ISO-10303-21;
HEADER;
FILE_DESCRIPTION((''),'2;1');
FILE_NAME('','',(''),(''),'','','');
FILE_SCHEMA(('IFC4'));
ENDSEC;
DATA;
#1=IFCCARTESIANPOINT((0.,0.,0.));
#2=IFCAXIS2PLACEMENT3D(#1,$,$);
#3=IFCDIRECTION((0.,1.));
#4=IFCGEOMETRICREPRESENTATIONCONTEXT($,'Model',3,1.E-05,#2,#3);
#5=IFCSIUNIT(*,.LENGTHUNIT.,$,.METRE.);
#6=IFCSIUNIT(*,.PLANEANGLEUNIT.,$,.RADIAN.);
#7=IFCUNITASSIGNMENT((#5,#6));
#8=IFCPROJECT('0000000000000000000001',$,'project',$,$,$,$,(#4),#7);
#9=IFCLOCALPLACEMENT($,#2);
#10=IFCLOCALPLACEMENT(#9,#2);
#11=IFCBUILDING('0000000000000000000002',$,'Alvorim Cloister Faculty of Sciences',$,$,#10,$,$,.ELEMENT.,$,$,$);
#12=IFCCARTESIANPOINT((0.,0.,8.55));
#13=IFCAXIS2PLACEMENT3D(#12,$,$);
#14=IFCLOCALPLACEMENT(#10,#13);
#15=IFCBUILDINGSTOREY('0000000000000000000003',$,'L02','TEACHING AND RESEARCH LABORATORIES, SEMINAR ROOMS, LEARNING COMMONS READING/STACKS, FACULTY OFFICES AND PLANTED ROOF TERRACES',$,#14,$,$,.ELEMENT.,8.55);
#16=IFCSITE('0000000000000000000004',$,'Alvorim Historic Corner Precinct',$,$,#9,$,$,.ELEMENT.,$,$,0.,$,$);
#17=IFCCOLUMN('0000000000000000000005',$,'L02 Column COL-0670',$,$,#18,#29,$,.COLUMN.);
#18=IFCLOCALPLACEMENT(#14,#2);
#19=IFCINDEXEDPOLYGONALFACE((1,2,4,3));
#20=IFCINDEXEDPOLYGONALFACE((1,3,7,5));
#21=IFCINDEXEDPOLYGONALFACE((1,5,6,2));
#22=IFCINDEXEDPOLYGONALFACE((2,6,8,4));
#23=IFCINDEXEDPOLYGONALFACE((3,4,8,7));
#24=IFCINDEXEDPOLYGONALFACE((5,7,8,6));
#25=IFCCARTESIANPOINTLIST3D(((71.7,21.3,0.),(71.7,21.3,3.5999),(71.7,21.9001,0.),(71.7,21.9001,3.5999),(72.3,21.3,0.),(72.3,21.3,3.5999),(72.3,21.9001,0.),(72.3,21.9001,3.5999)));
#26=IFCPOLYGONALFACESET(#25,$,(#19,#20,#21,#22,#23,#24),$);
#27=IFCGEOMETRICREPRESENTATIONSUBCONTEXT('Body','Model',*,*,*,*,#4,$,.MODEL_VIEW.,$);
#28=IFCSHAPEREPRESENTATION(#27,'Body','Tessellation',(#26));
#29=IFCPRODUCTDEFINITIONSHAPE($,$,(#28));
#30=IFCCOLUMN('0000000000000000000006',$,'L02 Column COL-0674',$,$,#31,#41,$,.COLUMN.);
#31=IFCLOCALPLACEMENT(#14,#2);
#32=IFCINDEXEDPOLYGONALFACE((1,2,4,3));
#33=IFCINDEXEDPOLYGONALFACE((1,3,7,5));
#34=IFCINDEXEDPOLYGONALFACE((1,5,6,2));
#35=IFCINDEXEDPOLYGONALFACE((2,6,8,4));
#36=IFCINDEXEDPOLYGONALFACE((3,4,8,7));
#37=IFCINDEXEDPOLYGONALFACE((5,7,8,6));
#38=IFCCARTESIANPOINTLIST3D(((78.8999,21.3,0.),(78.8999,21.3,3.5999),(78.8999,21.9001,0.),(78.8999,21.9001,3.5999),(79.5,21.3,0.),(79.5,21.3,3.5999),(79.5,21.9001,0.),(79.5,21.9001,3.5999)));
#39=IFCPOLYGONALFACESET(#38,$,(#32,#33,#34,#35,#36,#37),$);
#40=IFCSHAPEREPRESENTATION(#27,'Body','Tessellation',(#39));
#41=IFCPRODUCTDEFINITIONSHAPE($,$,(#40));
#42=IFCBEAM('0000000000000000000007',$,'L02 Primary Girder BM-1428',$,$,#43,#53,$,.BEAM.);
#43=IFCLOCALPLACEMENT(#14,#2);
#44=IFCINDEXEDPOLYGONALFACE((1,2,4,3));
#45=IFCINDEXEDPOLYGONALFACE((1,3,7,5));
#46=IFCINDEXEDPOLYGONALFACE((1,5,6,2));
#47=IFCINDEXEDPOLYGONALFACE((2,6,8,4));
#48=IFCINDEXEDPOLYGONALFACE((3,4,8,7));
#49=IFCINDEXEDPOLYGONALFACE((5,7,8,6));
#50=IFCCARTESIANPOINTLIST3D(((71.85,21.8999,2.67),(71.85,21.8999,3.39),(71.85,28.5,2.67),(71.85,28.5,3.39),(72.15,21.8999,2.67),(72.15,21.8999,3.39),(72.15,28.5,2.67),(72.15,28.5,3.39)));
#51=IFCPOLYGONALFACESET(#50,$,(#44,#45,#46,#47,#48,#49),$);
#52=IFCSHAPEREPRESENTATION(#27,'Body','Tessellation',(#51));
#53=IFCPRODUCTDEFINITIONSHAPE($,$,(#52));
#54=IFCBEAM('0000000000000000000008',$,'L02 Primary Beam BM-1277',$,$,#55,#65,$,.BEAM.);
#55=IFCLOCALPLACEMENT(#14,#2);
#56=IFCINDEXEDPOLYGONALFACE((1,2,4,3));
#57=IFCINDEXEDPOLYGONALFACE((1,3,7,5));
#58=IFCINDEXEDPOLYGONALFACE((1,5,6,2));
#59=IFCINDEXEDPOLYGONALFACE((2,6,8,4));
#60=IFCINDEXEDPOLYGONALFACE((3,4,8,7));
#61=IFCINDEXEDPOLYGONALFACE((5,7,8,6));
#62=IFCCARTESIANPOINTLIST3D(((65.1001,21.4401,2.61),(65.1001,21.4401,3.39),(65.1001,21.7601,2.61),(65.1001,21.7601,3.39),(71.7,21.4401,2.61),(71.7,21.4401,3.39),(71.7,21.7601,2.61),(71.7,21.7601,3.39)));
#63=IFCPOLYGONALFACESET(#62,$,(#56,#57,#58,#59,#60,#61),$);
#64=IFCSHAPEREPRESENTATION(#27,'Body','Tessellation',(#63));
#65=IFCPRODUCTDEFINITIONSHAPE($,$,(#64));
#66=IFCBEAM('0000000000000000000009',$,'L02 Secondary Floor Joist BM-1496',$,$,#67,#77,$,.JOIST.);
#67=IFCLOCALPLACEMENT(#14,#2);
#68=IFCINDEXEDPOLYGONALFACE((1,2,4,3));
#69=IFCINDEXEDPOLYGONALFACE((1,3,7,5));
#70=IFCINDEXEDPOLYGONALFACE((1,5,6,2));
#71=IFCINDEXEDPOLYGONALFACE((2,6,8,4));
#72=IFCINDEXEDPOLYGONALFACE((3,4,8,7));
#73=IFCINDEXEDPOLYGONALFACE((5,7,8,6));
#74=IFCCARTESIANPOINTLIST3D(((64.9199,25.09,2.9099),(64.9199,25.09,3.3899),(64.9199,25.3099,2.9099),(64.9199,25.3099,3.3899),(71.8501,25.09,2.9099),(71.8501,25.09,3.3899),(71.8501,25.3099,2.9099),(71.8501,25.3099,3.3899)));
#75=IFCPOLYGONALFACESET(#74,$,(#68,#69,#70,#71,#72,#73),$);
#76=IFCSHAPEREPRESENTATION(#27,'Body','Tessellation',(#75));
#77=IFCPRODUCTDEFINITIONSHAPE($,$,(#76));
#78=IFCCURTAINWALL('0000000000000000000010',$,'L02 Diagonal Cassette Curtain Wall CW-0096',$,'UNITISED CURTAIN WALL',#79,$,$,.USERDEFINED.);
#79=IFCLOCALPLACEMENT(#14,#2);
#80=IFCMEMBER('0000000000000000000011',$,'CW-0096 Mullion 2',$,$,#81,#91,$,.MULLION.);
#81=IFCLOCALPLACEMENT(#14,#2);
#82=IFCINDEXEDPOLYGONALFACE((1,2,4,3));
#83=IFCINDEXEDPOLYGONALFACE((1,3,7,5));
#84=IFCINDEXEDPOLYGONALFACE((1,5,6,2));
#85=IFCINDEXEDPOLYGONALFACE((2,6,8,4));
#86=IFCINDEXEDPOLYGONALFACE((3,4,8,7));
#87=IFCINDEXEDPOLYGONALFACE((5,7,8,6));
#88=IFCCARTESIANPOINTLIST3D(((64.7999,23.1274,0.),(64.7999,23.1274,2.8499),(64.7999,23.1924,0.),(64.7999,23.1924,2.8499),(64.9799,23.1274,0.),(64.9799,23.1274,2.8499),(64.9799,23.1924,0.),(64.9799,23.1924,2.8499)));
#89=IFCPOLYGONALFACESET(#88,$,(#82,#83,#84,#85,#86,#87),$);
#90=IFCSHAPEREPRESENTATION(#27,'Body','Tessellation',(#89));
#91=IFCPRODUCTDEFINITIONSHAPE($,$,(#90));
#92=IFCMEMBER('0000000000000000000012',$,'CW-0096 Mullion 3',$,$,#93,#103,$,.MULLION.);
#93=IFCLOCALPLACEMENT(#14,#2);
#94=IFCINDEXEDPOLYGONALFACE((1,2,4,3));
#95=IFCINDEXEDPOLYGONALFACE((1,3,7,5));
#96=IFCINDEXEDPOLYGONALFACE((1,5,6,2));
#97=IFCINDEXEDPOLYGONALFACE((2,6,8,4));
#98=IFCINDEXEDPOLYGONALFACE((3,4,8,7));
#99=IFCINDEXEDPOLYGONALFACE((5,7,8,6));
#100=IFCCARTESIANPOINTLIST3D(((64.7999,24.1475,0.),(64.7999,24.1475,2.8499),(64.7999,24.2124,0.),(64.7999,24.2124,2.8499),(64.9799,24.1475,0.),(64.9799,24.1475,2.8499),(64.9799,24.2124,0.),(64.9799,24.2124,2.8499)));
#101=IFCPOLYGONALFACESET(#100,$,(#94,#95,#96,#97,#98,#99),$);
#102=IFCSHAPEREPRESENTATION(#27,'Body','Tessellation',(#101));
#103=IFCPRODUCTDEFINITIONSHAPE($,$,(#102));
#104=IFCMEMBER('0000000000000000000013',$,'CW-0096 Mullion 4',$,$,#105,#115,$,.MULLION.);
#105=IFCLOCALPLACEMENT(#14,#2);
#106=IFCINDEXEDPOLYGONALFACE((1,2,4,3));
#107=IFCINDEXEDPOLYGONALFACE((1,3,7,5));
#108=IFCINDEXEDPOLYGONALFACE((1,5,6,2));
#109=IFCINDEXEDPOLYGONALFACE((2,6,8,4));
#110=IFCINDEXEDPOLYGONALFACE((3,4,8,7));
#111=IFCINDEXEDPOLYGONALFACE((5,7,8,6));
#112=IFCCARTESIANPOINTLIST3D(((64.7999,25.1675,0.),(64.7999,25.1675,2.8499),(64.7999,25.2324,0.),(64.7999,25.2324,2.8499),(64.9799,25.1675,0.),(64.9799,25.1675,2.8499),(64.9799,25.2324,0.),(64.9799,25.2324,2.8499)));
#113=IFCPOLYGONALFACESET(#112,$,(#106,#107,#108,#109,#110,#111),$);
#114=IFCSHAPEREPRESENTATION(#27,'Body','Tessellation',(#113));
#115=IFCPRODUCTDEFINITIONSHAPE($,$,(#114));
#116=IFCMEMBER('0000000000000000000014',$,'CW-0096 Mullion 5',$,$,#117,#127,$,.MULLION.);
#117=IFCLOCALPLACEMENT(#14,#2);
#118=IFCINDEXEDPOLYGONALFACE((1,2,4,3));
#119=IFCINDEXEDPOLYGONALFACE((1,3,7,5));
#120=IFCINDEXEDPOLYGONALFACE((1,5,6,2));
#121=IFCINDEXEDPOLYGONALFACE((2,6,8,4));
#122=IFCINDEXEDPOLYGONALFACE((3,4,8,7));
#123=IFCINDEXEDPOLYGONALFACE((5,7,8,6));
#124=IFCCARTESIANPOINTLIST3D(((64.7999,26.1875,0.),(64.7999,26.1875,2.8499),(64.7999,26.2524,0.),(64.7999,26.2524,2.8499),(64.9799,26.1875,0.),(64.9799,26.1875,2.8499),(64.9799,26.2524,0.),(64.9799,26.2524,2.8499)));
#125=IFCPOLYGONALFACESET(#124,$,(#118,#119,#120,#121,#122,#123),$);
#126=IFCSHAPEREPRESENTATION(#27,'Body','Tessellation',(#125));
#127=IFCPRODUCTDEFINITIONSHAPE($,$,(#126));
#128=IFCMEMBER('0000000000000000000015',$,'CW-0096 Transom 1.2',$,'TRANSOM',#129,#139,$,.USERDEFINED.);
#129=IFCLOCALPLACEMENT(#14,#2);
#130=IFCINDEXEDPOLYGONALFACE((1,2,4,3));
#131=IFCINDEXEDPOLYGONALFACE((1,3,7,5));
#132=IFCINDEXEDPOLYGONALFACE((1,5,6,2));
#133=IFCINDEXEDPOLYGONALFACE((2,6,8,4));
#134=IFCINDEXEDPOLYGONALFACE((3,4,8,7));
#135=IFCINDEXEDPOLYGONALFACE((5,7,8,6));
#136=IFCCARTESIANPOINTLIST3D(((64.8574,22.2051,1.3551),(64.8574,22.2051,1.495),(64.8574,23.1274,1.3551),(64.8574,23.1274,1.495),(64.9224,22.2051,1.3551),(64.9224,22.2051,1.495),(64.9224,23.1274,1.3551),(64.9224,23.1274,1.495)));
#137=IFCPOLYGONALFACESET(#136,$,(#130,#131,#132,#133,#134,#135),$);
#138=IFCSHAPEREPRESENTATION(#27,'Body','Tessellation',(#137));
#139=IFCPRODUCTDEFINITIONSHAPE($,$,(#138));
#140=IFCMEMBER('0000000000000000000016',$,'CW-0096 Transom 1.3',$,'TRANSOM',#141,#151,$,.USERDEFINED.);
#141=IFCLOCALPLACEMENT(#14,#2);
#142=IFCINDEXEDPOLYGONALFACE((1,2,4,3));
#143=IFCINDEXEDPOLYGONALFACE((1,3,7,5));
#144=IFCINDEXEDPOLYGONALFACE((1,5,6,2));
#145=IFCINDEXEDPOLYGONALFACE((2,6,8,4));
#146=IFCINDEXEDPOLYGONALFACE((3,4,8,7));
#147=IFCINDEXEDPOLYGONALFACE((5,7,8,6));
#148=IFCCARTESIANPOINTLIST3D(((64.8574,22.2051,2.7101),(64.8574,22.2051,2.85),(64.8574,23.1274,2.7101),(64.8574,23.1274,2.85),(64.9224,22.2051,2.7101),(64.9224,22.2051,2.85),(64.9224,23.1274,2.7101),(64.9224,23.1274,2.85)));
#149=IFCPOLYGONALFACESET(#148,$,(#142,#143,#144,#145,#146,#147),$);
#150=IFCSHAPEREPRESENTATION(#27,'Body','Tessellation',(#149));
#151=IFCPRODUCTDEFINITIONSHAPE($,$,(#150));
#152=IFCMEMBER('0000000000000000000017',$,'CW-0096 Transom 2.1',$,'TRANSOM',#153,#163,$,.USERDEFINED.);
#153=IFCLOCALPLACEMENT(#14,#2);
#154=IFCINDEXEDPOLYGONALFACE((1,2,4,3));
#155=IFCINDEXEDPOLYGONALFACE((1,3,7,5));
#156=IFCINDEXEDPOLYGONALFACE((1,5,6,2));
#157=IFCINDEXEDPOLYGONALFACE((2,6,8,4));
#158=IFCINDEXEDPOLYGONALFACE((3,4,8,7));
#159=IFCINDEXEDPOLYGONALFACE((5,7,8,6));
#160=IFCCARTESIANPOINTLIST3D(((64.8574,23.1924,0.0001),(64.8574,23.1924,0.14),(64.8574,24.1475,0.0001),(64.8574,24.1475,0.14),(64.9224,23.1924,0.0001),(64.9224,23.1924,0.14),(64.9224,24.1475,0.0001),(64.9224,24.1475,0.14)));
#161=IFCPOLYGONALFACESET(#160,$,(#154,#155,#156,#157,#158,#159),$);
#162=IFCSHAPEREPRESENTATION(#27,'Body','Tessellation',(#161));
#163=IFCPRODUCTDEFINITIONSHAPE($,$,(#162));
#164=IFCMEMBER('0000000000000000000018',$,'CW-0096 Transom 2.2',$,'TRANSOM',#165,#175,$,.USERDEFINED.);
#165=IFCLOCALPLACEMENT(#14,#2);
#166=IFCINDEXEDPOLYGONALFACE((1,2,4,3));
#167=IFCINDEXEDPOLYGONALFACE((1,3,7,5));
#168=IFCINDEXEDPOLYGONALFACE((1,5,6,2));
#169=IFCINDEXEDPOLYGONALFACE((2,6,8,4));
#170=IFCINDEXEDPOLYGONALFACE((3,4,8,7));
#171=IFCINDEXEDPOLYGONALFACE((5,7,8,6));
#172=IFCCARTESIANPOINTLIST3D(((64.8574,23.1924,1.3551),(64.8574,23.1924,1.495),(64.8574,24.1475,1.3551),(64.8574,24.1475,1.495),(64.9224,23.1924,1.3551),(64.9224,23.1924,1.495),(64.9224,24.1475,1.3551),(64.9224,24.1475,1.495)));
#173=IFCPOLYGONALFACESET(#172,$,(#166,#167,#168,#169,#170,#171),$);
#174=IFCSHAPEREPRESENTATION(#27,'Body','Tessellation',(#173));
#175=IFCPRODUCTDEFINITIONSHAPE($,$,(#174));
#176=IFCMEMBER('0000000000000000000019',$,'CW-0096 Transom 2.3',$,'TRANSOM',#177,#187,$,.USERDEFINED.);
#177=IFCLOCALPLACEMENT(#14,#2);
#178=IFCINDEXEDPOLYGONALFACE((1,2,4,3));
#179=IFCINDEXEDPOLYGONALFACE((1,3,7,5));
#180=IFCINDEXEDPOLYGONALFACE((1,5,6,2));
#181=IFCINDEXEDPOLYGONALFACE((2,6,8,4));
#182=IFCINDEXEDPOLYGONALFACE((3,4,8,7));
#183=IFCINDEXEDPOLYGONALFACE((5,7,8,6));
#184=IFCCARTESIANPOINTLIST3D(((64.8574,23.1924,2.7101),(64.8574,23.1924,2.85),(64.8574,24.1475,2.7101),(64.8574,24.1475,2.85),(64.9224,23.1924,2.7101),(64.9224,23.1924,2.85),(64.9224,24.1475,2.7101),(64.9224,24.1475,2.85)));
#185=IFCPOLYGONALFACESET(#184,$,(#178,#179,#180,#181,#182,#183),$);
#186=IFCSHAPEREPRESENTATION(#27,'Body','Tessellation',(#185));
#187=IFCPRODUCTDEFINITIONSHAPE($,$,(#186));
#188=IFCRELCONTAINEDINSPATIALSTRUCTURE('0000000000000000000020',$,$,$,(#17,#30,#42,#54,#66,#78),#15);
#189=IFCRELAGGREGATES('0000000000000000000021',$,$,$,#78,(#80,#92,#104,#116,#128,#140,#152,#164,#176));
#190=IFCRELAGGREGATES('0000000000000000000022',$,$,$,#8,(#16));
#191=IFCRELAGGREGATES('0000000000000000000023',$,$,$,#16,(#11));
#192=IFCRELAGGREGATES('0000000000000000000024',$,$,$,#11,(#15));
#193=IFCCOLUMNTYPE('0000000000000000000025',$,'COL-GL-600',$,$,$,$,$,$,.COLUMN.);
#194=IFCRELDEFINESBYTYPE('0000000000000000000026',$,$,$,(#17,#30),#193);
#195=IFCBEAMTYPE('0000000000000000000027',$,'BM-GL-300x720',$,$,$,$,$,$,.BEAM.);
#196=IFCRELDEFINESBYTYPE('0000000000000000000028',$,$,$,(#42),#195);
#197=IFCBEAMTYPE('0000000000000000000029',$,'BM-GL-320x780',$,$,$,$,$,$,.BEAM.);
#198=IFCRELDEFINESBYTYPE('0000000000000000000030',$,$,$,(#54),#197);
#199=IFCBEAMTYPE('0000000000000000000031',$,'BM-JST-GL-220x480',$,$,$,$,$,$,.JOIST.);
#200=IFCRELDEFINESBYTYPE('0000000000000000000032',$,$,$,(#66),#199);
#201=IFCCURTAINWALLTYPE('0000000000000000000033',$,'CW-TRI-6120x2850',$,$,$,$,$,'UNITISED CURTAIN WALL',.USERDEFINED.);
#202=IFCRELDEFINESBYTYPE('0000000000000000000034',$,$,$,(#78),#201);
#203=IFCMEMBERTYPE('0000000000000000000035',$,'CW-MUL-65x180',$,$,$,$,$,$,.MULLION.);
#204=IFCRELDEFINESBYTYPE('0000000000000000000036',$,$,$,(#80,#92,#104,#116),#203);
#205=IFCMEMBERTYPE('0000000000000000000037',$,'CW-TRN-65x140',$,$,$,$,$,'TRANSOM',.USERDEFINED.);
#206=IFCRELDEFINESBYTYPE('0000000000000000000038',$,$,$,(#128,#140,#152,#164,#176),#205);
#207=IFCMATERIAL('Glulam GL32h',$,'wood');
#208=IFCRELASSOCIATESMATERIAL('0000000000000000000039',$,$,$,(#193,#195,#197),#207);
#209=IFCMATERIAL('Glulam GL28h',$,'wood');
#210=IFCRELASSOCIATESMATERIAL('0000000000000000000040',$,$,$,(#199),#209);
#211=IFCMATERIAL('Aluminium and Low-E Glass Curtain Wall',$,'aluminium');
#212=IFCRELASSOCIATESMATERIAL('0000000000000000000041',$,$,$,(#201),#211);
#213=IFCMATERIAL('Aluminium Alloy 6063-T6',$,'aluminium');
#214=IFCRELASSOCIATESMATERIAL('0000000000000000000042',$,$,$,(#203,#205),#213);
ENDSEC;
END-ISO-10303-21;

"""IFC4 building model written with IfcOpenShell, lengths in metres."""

from ifc_helpers import new_model, si_unit, direction, frame, origin, origin_2d, place, context, subcontext, project, spatial, rectangle, extrude, material, material_profile, profile_set, type_object, element, aggregate, save


model = new_model("IFC4")

# Units and contexts
model_context = context("Model", 3, precision=1e-05, world=origin(), true_north=direction((0.0, 1.0)))
body_context = subcontext(model_context, "Body", "Model", "MODEL_VIEW")
ifc_project = project(units=[si_unit("LENGTHUNIT", "METRE"), si_unit("PLANEANGLEUNIT", "RADIAN")], contexts=[model_context])

# Site, building, storey
site_placement = place(None, origin())
site = spatial("IfcSite", under=ifc_project, at=site_placement, Name="Alvorim Historic Corner Precinct", CompositionType="ELEMENT", RefElevation=0.0)
building_placement = place(site_placement, origin())
building = spatial("IfcBuilding", under=site, at=building_placement, Name="Alvorim Cloister Faculty of Sciences", CompositionType="ELEMENT")
storey_placement = place(building_placement, frame((0.0, 0.0, 8.55)))
storey = spatial("IfcBuildingStorey", under=building, at=storey_placement, Name="L02", Description="TEACHING AND RESEARCH LABORATORIES, SEMINAR ROOMS, LEARNING COMMONS READING/STACKS, FACULTY OFFICES AND PLANTED ROOF TERRACES", CompositionType="ELEMENT", Elevation=8.55)

# Columns
ifc_material_1 = material(Name="Glulam GL32h", Category="wood")
ifc_material_profile_1 = material_profile(ifc_material_1, rectangle(XDim=0.6001, YDim=0.6001, at=origin_2d()), Name="GL32-COL-600x600")
ifc_profile_set_1 = profile_set([ifc_material_profile_1], Name="Glulam GL32h")
column_type = type_object("IfcColumnType", Name="COL-GL-600", PredefinedType="COLUMN", material=ifc_profile_set_1)
for number, where, z_axis, x_axis, name in (
    (1, (72.0, 21.6001, 0.0), (0.0, 0.0, 1.0), (1.0, 0.0, 0.0), "L02 Column COL-0670"),
    (2, (79.2, 21.6001, 0.0), (0.0, 0.0, 1.0), (1.0, 0.0, 0.0), "L02 Column COL-0674"),
):
    element("IfcColumn", number, at=place(storey_placement, frame(where, z_axis=z_axis, x_axis=x_axis)), inside=storey, type_object=column_type, Name=name, PredefinedType="COLUMN", context=body_context, shape_type="SweptSolid", body=[
        extrude(rectangle(XDim=0.6001, YDim=0.6001, at=origin_2d()), origin(), (0.0, 0.0, 1.0), 3.5999),
    ])

# Beams
ifc_material_profile_2 = material_profile(ifc_material_1, rectangle(XDim=0.3, YDim=0.72, at=origin_2d()), Name="GL32-BM-300x720")
ifc_profile_set_2 = profile_set([ifc_material_profile_2], Name="Glulam GL32h")
beam_type_1 = type_object("IfcBeamType", Name="BM-GL-300x720", PredefinedType="BEAM", material=ifc_profile_set_2)
beam_1_placement = place(storey_placement, frame((72.0, 21.8999, 3.03), z_axis=(0.0, 1.0, 0.0), x_axis=(-1.0, 0.0, 0.0)))
element("IfcBeam", 3, at=beam_1_placement, inside=storey, type_object=beam_type_1, Name="L02 Primary Girder BM-1428", PredefinedType="BEAM", context=body_context, shape_type="SweptSolid", body=[
    extrude(rectangle(XDim=0.3, YDim=0.72, at=origin_2d()), origin(), (0.0, 0.0, 1.0), 6.6001),
])
ifc_material_profile_3 = material_profile(ifc_material_1, rectangle(XDim=0.3201, YDim=0.78, at=origin_2d()), Name="GL32-BM-320x780")
ifc_profile_set_3 = profile_set([ifc_material_profile_3], Name="Glulam GL32h")
beam_type_2 = type_object("IfcBeamType", Name="BM-GL-320x780", PredefinedType="BEAM", material=ifc_profile_set_3)
beam_2_placement = place(storey_placement, frame((65.1001, 21.6001, 3.0), z_axis=(1.0, 0.0, 0.0), x_axis=(0.0, 1.0, 0.0)))
element("IfcBeam", 4, at=beam_2_placement, inside=storey, type_object=beam_type_2, Name="L02 Primary Beam BM-1277", PredefinedType="BEAM", context=body_context, shape_type="SweptSolid", body=[
    extrude(rectangle(XDim=0.3201, YDim=0.78, at=origin_2d()), origin(), (0.0, 0.0, 1.0), 6.5999),
])
ifc_material_2 = material(Name="Glulam GL28h", Category="wood")
ifc_material_profile_4 = material_profile(ifc_material_2, rectangle(XDim=0.22, YDim=0.48, at=origin_2d()), Name="GL28-JST-220x480")
ifc_profile_set_4 = profile_set([ifc_material_profile_4], Name="Glulam GL28h")
beam_type_3 = type_object("IfcBeamType", Name="BM-JST-GL-220x480", PredefinedType="JOIST", material=ifc_profile_set_4)
beam_3_placement = place(storey_placement, frame((64.9199, 25.2, 3.1499), z_axis=(1.0, 0.0, 0.0), x_axis=(0.0, 1.0, 0.0)))
element("IfcBeam", 5, at=beam_3_placement, inside=storey, type_object=beam_type_3, Name="L02 Secondary Floor Joist BM-1496", PredefinedType="JOIST", context=body_context, shape_type="SweptSolid", body=[
    extrude(rectangle(XDim=0.22, YDim=0.48, at=origin_2d()), origin(), (0.0, 0.0, 1.0), 6.9302),
])

# Curtain wall, members
ifc_material_3 = material(Name="Aluminium and Low-E Glass Curtain Wall", Category="aluminium")
curtain_wall_type = type_object("IfcCurtainWallType", Name="CW-TRI-6120x2850", ElementType="UNITISED CURTAIN WALL", PredefinedType="USERDEFINED", material=ifc_material_3)
curtain_wall_placement = place(storey_placement, origin())
curtain_wall = element("IfcCurtainWall", 6, at=curtain_wall_placement, inside=storey, type_object=curtain_wall_type, Name="L02 Diagonal Cassette Curtain Wall CW-0096", ObjectType="UNITISED CURTAIN WALL", PredefinedType="USERDEFINED")
ifc_material_4 = material(Name="Aluminium Alloy 6063-T6", Category="aluminium")
ifc_material_profile_5 = material_profile(ifc_material_4, rectangle(XDim=0.0649, YDim=0.1799, at=origin_2d()), Name="ALU-MUL-65x180")
ifc_profile_set_5 = profile_set([ifc_material_profile_5], Name="Aluminium Alloy 6063-T6")
member_type_1 = type_object("IfcMemberType", Name="CW-MUL-65x180", PredefinedType="MULLION", material=ifc_profile_set_5)
member_1_placement = place(storey_placement, frame((64.8899, 23.1599, 0.0), z_axis=(0.0, 0.0, 1.0), x_axis=(0.0, 1.0, 0.0)))
member_1 = element("IfcMember", 7, at=member_1_placement, type_object=member_type_1, Name="CW-0096 Mullion 2", PredefinedType="MULLION", context=body_context, shape_type="SweptSolid", body=[
    extrude(rectangle(XDim=0.0649, YDim=0.1799, at=origin_2d()), origin(), (0.0, 0.0, 1.0), 2.8499),
])
member_2_placement = place(storey_placement, frame((64.8899, 24.1799, 0.0), z_axis=(0.0, 0.0, 1.0), x_axis=(0.0, 1.0, 0.0)))
member_2 = element("IfcMember", 8, at=member_2_placement, type_object=member_type_1, Name="CW-0096 Mullion 3", PredefinedType="MULLION", context=body_context, shape_type="SweptSolid", body=[
    extrude(rectangle(XDim=0.0649, YDim=0.1799, at=origin_2d()), origin(), (0.0, 0.0, 1.0), 2.8499),
])
member_3_placement = place(storey_placement, frame((64.8899, 25.2, 0.0), z_axis=(0.0, 0.0, 1.0), x_axis=(0.0, 1.0, 0.0)))
member_3 = element("IfcMember", 9, at=member_3_placement, type_object=member_type_1, Name="CW-0096 Mullion 4", PredefinedType="MULLION", context=body_context, shape_type="SweptSolid", body=[
    extrude(rectangle(XDim=0.0649, YDim=0.1799, at=origin_2d()), origin(), (0.0, 0.0, 1.0), 2.8499),
])
member_4_placement = place(storey_placement, frame((64.8899, 26.22, 0.0), z_axis=(0.0, 0.0, 1.0), x_axis=(0.0, 1.0, 0.0)))
member_4 = element("IfcMember", 10, at=member_4_placement, type_object=member_type_1, Name="CW-0096 Mullion 5", PredefinedType="MULLION", context=body_context, shape_type="SweptSolid", body=[
    extrude(rectangle(XDim=0.0649, YDim=0.1799, at=origin_2d()), origin(), (0.0, 0.0, 1.0), 2.8499),
])
ifc_material_profile_6 = material_profile(ifc_material_4, rectangle(XDim=0.0649, YDim=0.1399, at=origin_2d()), Name="ALU-TRN-65x140")
ifc_profile_set_6 = profile_set([ifc_material_profile_6], Name="Aluminium Alloy 6063-T6")
member_type_2 = type_object("IfcMemberType", Name="CW-TRN-65x140", ElementType="TRANSOM", PredefinedType="USERDEFINED", material=ifc_profile_set_6)
member_5_placement = place(storey_placement, frame((64.8899, 22.2051, 1.425), z_axis=(0.0, 1.0, 0.0), x_axis=(-1.0, 0.0, 0.0)))
member_5 = element("IfcMember", 11, at=member_5_placement, type_object=member_type_2, Name="CW-0096 Transom 1.2", ObjectType="TRANSOM", PredefinedType="USERDEFINED", context=body_context, shape_type="SweptSolid", body=[
    extrude(rectangle(XDim=0.0649, YDim=0.1399, at=origin_2d()), origin(), (0.0, 0.0, 1.0), 0.9224),
])
member_6_placement = place(storey_placement, frame((64.8899, 22.2051, 2.78), z_axis=(0.0, 1.0, 0.0), x_axis=(-1.0, 0.0, 0.0)))
member_6 = element("IfcMember", 12, at=member_6_placement, type_object=member_type_2, Name="CW-0096 Transom 1.3", ObjectType="TRANSOM", PredefinedType="USERDEFINED", context=body_context, shape_type="SweptSolid", body=[
    extrude(rectangle(XDim=0.0649, YDim=0.1399, at=origin_2d()), origin(), (0.0, 0.0, 1.0), 0.9224),
])
member_7_placement = place(storey_placement, frame((64.8899, 23.1924, 0.0701), z_axis=(0.0, 1.0, 0.0), x_axis=(-1.0, 0.0, 0.0)))
member_7 = element("IfcMember", 13, at=member_7_placement, type_object=member_type_2, Name="CW-0096 Transom 2.1", ObjectType="TRANSOM", PredefinedType="USERDEFINED", context=body_context, shape_type="SweptSolid", body=[
    extrude(rectangle(XDim=0.0649, YDim=0.1399, at=origin_2d()), origin(), (0.0, 0.0, 1.0), 0.9551),
])
member_8_placement = place(storey_placement, frame((64.8899, 23.1924, 1.425), z_axis=(0.0, 1.0, 0.0), x_axis=(-1.0, 0.0, 0.0)))
member_8 = element("IfcMember", 14, at=member_8_placement, type_object=member_type_2, Name="CW-0096 Transom 2.2", ObjectType="TRANSOM", PredefinedType="USERDEFINED", context=body_context, shape_type="SweptSolid", body=[
    extrude(rectangle(XDim=0.0649, YDim=0.1399, at=origin_2d()), origin(), (0.0, 0.0, 1.0), 0.9551),
])
member_9_placement = place(storey_placement, frame((64.8899, 23.1924, 2.78), z_axis=(0.0, 1.0, 0.0), x_axis=(-1.0, 0.0, 0.0)))
member_9 = element("IfcMember", 15, at=member_9_placement, type_object=member_type_2, Name="CW-0096 Transom 2.3", ObjectType="TRANSOM", PredefinedType="USERDEFINED", context=body_context, shape_type="SweptSolid", body=[
    extrude(rectangle(XDim=0.0649, YDim=0.1399, at=origin_2d()), origin(), (0.0, 0.0, 1.0), 0.9551),
])
aggregate(curtain_wall, [member_1, member_2, member_3, member_4, member_5, member_6, member_7, member_8, member_9])

save(model, "model.ifc")
